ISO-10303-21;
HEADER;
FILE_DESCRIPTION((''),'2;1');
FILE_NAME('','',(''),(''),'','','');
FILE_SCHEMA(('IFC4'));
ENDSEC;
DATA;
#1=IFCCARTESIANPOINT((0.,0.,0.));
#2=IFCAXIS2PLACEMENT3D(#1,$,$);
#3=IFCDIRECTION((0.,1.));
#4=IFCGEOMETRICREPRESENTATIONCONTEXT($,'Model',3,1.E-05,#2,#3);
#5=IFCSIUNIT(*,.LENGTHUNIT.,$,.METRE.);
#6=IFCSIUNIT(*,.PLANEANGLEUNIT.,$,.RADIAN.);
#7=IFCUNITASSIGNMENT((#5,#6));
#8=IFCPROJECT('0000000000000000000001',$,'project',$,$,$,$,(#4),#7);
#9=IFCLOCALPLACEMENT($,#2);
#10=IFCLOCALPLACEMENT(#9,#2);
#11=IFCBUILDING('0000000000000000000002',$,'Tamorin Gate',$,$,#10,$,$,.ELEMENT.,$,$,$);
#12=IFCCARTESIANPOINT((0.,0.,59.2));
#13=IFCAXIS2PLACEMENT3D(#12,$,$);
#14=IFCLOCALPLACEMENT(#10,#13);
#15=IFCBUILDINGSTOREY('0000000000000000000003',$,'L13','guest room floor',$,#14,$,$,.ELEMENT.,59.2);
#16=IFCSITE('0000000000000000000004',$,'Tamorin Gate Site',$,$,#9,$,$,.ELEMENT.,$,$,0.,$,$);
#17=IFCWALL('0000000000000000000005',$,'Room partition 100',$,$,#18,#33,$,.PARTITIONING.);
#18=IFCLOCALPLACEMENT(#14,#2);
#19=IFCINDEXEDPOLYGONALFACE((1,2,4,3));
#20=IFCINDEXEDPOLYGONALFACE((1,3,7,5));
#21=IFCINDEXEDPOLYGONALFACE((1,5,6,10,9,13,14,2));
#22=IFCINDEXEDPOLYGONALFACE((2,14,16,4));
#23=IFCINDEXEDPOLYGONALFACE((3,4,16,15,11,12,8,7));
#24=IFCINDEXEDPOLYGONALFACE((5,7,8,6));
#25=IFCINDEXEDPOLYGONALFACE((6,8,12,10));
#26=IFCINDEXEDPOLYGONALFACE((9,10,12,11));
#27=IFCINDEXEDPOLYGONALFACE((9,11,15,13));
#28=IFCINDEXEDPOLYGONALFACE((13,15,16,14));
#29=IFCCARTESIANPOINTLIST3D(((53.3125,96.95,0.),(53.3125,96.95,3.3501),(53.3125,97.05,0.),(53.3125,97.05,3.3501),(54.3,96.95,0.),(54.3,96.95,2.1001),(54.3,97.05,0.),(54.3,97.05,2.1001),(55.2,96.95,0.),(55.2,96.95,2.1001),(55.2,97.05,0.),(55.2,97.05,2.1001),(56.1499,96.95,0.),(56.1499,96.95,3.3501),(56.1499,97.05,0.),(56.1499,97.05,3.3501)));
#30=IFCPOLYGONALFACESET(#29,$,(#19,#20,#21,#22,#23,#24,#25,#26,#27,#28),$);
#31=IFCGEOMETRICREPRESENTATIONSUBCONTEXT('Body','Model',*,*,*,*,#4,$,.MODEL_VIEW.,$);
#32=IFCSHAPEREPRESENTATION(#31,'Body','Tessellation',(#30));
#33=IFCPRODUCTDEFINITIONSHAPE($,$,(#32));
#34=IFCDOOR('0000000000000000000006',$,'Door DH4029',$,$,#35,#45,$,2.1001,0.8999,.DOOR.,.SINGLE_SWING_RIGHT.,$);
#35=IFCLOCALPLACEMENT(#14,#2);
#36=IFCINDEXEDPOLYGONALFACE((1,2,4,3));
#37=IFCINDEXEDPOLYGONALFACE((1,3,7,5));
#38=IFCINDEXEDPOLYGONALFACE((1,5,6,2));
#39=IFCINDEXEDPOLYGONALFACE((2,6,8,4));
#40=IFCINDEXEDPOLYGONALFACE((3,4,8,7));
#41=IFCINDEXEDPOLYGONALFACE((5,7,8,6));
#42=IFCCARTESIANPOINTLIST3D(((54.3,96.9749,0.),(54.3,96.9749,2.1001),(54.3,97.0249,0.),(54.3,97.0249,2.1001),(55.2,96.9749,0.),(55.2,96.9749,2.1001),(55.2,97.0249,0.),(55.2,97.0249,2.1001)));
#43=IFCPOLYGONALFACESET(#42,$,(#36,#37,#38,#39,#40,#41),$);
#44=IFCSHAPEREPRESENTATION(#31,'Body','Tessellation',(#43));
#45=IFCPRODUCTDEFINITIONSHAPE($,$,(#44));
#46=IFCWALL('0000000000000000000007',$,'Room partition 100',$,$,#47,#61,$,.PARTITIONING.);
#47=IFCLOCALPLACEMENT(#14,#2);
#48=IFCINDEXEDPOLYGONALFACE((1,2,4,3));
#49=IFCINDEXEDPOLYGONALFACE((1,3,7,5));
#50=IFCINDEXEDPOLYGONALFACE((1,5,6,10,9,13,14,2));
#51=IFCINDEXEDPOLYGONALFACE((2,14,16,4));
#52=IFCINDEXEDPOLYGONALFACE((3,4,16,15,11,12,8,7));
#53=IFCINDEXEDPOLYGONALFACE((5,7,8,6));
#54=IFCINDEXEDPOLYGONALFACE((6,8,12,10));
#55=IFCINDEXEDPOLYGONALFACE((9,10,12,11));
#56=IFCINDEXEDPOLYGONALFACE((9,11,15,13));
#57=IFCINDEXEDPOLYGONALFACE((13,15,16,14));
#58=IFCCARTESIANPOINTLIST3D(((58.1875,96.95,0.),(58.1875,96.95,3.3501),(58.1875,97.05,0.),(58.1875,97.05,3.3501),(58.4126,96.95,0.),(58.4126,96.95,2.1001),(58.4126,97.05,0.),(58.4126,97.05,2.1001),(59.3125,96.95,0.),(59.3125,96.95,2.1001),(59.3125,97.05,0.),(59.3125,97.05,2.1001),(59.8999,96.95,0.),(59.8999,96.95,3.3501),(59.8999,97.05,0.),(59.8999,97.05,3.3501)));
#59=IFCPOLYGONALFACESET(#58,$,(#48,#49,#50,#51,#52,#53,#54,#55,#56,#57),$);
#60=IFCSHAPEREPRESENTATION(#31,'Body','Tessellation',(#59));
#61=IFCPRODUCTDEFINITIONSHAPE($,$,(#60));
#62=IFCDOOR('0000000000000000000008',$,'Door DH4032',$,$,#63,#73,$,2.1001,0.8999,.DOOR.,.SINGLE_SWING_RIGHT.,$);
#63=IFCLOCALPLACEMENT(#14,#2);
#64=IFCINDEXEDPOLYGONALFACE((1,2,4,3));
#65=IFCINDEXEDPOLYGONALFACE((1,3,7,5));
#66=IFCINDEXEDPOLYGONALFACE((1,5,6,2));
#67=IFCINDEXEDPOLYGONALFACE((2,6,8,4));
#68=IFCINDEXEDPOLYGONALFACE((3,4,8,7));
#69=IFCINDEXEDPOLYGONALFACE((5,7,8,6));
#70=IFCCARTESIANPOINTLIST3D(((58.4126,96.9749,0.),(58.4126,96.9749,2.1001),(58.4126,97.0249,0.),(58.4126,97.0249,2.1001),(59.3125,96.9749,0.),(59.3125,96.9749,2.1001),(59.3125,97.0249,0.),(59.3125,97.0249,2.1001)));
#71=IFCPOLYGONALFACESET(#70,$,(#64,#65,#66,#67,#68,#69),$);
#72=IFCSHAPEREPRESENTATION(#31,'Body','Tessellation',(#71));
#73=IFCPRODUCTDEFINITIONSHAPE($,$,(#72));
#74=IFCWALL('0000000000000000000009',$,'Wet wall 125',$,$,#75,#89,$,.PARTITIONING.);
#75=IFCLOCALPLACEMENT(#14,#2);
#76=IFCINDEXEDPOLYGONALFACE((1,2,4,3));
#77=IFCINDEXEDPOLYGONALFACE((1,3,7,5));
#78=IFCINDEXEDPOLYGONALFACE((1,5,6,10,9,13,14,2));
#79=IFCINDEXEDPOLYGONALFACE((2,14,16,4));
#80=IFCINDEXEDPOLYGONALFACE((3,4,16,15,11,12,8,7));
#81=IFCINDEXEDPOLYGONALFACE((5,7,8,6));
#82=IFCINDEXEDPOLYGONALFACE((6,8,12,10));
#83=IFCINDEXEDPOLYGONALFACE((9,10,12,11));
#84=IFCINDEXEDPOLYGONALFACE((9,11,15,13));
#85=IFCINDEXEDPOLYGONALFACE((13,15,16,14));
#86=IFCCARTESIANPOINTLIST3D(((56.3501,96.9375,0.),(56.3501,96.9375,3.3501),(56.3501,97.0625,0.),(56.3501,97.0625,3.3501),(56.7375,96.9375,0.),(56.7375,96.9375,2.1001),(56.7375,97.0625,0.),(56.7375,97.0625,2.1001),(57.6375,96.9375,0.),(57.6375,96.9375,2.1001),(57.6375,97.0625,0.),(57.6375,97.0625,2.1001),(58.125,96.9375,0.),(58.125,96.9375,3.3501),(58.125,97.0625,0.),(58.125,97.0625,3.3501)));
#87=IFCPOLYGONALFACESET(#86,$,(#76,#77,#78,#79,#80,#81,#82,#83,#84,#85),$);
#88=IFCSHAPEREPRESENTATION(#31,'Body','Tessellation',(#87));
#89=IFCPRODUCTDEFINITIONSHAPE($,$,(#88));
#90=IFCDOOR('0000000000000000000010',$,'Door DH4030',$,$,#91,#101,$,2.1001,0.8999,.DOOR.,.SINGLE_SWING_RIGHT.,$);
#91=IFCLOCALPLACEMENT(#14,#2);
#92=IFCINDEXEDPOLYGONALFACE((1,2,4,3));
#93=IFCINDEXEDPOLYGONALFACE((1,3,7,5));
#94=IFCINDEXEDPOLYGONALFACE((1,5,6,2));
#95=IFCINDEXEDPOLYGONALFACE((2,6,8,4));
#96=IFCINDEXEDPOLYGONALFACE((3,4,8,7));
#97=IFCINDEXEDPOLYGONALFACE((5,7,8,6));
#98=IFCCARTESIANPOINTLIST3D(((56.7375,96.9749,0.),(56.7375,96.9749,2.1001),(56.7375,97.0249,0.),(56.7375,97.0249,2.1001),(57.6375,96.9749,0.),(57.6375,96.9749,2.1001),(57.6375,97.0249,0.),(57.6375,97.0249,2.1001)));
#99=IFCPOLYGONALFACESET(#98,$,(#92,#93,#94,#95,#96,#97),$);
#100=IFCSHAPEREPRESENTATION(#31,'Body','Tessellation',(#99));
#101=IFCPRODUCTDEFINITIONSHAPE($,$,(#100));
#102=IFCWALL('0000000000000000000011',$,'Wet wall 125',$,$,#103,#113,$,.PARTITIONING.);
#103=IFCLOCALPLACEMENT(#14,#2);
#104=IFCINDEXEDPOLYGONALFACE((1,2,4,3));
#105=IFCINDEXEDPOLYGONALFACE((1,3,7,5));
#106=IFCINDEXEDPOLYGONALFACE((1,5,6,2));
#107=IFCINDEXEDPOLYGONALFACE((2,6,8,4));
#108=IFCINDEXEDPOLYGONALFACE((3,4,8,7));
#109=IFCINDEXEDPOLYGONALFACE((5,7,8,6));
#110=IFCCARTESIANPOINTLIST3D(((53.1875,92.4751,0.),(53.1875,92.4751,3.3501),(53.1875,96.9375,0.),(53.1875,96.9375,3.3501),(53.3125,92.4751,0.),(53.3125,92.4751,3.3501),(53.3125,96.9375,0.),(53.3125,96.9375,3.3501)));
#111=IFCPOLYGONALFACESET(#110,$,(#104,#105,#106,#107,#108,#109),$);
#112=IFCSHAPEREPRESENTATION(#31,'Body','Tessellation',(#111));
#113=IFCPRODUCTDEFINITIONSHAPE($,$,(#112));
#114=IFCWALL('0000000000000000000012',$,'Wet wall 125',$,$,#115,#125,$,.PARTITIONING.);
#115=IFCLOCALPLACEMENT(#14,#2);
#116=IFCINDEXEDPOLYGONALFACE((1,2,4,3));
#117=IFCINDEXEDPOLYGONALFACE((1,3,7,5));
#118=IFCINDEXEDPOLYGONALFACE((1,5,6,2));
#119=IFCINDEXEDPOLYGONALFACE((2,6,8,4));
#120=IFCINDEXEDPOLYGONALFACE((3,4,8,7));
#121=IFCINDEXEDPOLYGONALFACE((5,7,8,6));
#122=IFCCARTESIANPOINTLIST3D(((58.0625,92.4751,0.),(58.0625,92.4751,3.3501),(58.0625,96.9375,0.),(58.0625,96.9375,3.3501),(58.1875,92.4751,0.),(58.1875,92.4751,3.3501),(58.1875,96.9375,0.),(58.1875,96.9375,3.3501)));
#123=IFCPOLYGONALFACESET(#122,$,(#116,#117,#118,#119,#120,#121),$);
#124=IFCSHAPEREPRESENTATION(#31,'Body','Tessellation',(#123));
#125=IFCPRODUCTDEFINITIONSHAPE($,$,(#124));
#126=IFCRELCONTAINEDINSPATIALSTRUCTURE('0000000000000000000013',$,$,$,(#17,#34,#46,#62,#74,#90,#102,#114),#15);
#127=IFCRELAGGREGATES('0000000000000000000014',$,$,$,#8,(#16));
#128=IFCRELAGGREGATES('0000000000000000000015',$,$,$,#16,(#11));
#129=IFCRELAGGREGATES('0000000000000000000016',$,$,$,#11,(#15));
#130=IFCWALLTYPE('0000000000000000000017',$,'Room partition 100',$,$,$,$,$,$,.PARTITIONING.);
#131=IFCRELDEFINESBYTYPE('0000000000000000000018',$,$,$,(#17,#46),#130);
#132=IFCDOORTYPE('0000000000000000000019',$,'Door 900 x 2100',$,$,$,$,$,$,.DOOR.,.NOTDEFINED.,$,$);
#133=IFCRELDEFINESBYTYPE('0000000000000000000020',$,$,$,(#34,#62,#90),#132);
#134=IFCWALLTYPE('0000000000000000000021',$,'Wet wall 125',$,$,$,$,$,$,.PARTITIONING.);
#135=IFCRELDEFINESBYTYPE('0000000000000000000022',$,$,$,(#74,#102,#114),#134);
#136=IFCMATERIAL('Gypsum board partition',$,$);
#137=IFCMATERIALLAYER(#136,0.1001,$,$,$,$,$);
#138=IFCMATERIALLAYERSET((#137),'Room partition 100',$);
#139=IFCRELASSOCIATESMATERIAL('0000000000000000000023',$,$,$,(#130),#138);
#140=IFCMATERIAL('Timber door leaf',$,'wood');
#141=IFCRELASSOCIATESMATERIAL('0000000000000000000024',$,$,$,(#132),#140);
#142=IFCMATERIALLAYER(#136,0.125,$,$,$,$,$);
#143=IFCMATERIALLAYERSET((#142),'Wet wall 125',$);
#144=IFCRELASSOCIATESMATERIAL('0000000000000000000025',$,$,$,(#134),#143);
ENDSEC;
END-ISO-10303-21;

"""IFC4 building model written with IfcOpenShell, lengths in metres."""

from ifc_helpers import new_model, si_unit, direction, frame, frame_2d, origin, place, context, subcontext, project, spatial, rectangle, extrude, material, layer, layer_set, type_object, element, fill, save


model = new_model("IFC4")

# Units and contexts
model_context = context("Model", 3, precision=1e-05, world=origin(), true_north=direction((0.0, 1.0)))
body_context = subcontext(model_context, "Body", "Model", "MODEL_VIEW")
ifc_project = project(units=[si_unit("LENGTHUNIT", "METRE"), si_unit("PLANEANGLEUNIT", "RADIAN")], contexts=[model_context])

# Site, building, storey
site_placement = place(None, origin())
site = spatial("IfcSite", under=ifc_project, at=site_placement, Name="Tamorin Gate Site", CompositionType="ELEMENT", RefElevation=0.0)
building_placement = place(site_placement, origin())
building = spatial("IfcBuilding", under=site, at=building_placement, Name="Tamorin Gate", CompositionType="ELEMENT")
storey_placement = place(building_placement, frame((0.0, 0.0, 59.2)))
storey = spatial("IfcBuildingStorey", under=building, at=storey_placement, Name="L13", Description="guest room floor", CompositionType="ELEMENT", Elevation=59.2)

# Shared definitions
ifc_material_1 = material(Name="Gypsum board partition")

# Walls, openings, doors
ifc_layer_1 = layer(ifc_material_1, 0.1001)
ifc_layer_set_1 = layer_set([ifc_layer_1], Name="Room partition 100")
wall_type_1 = type_object("IfcWallType", Name="Room partition 100", PredefinedType="PARTITIONING", material=ifc_layer_set_1)
wall_1_placement = place(storey_placement, frame((53.3125, 97.0, 0.0), z_axis=(0.0, 0.0, 1.0), x_axis=(1.0, 0.0, 0.0)))
wall_1 = element("IfcWall", 1, at=wall_1_placement, inside=storey, type_object=wall_type_1, Name="Room partition 100", PredefinedType="PARTITIONING", context=body_context, shape_type="SweptSolid", body=[
    extrude(rectangle(XDim=2.8374, YDim=0.1001, at=frame_2d((1.4187, 0.0))), origin(), (0.0, 0.0, 1.0), 3.3501),
])
opening_1_placement = place(wall_1_placement, frame((0.9875, 0.0, 0.0)))
opening_1 = element("IfcOpeningElement", 2, at=opening_1_placement, cuts=wall_1, PredefinedType="OPENING", context=body_context, shape_type="SweptSolid", body=[
    extrude(rectangle(XDim=0.8999, YDim=2.1001, at=frame_2d((0.45, 1.05))), frame((0.0, 0.0601, 0.0), z_axis=(0.0, -1.0, 0.0), x_axis=(1.0, 0.0, 0.0)), (0.0, 0.0, 1.0), 0.1201),
])
ifc_material_2 = material(Name="Timber door leaf", Category="wood")
door_type = type_object("IfcDoorType", Name="Door 900 x 2100", OperationType="NOTDEFINED", PredefinedType="DOOR", material=ifc_material_2)
door_1_placement = place(opening_1_placement, origin())
door_1 = element("IfcDoor", 3, at=door_1_placement, inside=storey, type_object=door_type, Name="Door DH4029", OperationType="SINGLE_SWING_RIGHT", OverallHeight=2.1001, OverallWidth=0.8999, PredefinedType="DOOR", context=body_context, shape_type="SweptSolid", body=[
    extrude(rectangle(XDim=0.8999, YDim=2.1001, at=frame_2d((0.45, 1.05))), frame((0.0, 0.0249, 0.0), z_axis=(0.0, -1.0, 0.0), x_axis=(1.0, 0.0, 0.0)), (0.0, 0.0, 1.0), 0.05),
])
fill(opening_1, door_1)
wall_2_placement = place(storey_placement, frame((58.1875, 97.0, 0.0), z_axis=(0.0, 0.0, 1.0), x_axis=(1.0, 0.0, 0.0)))
wall_2 = element("IfcWall", 4, at=wall_2_placement, inside=storey, type_object=wall_type_1, Name="Room partition 100", PredefinedType="PARTITIONING", context=body_context, shape_type="SweptSolid", body=[
    extrude(rectangle(XDim=1.7124, YDim=0.1001, at=frame_2d((0.8562, 0.0))), origin(), (0.0, 0.0, 1.0), 3.3501),
])
opening_2_placement = place(wall_2_placement, frame((0.2251, 0.0, 0.0)))
opening_2 = element("IfcOpeningElement", 5, at=opening_2_placement, cuts=wall_2, PredefinedType="OPENING", context=body_context, shape_type="SweptSolid", body=[
    extrude(rectangle(XDim=0.8999, YDim=2.1001, at=frame_2d((0.45, 1.05))), frame((0.0, 0.0601, 0.0), z_axis=(0.0, -1.0, 0.0), x_axis=(1.0, 0.0, 0.0)), (0.0, 0.0, 1.0), 0.1201),
])
door_2_placement = place(opening_2_placement, origin())
door_2 = element("IfcDoor", 6, at=door_2_placement, inside=storey, type_object=door_type, Name="Door DH4032", OperationType="SINGLE_SWING_RIGHT", OverallHeight=2.1001, OverallWidth=0.8999, PredefinedType="DOOR", context=body_context, shape_type="SweptSolid", body=[
    extrude(rectangle(XDim=0.8999, YDim=2.1001, at=frame_2d((0.45, 1.05))), frame((0.0, 0.0249, 0.0), z_axis=(0.0, -1.0, 0.0), x_axis=(1.0, 0.0, 0.0)), (0.0, 0.0, 1.0), 0.05),
])
fill(opening_2, door_2)
ifc_layer_2 = layer(ifc_material_1, 0.125)
ifc_layer_set_2 = layer_set([ifc_layer_2], Name="Wet wall 125")
wall_type_2 = type_object("IfcWallType", Name="Wet wall 125", PredefinedType="PARTITIONING", material=ifc_layer_set_2)
wall_3_placement = place(storey_placement, frame((56.3501, 97.0, 0.0), z_axis=(0.0, 0.0, 1.0), x_axis=(1.0, 0.0, 0.0)))
wall_3 = element("IfcWall", 7, at=wall_3_placement, inside=storey, type_object=wall_type_2, Name="Wet wall 125", PredefinedType="PARTITIONING", context=body_context, shape_type="SweptSolid", body=[
    extrude(rectangle(XDim=1.7749, YDim=0.125, at=frame_2d((0.8875, 0.0))), origin(), (0.0, 0.0, 1.0), 3.3501),
])
opening_3_placement = place(wall_3_placement, frame((0.3875, 0.0, 0.0)))
opening_3 = element("IfcOpeningElement", 8, at=opening_3_placement, cuts=wall_3, PredefinedType="OPENING", context=body_context, shape_type="SweptSolid", body=[
    extrude(rectangle(XDim=0.8999, YDim=2.1001, at=frame_2d((0.45, 1.05))), frame((0.0, 0.0725, 0.0), z_axis=(0.0, -1.0, 0.0), x_axis=(1.0, 0.0, 0.0)), (0.0, 0.0, 1.0), 0.145),
])
door_3_placement = place(opening_3_placement, origin())
door_3 = element("IfcDoor", 9, at=door_3_placement, inside=storey, type_object=door_type, Name="Door DH4030", OperationType="SINGLE_SWING_RIGHT", OverallHeight=2.1001, OverallWidth=0.8999, PredefinedType="DOOR", context=body_context, shape_type="SweptSolid", body=[
    extrude(rectangle(XDim=0.8999, YDim=2.1001, at=frame_2d((0.45, 1.05))), frame((0.0, 0.0249, 0.0), z_axis=(0.0, -1.0, 0.0), x_axis=(1.0, 0.0, 0.0)), (0.0, 0.0, 1.0), 0.05),
])
fill(opening_3, door_3)

# Walls
for number, where, z_axis, x_axis, name in (
    (10, (53.25, 92.4751, 0.0), (0.0, 0.0, 1.0), (0.0, 1.0, 0.0), "Wet wall 125"),
    (11, (58.125, 92.4751, 0.0), (0.0, 0.0, 1.0), (0.0, 1.0, 0.0), "Wet wall 125"),
):
    element("IfcWall", number, at=place(storey_placement, frame(where, z_axis=z_axis, x_axis=x_axis)), inside=storey, type_object=wall_type_2, Name=name, PredefinedType="PARTITIONING", context=body_context, shape_type="SweptSolid", body=[
        extrude(rectangle(XDim=4.4624, YDim=0.125, at=frame_2d((2.2312, 0.0))), origin(), (0.0, 0.0, 1.0), 3.3501),
    ])

save(model, "model.ifc")
